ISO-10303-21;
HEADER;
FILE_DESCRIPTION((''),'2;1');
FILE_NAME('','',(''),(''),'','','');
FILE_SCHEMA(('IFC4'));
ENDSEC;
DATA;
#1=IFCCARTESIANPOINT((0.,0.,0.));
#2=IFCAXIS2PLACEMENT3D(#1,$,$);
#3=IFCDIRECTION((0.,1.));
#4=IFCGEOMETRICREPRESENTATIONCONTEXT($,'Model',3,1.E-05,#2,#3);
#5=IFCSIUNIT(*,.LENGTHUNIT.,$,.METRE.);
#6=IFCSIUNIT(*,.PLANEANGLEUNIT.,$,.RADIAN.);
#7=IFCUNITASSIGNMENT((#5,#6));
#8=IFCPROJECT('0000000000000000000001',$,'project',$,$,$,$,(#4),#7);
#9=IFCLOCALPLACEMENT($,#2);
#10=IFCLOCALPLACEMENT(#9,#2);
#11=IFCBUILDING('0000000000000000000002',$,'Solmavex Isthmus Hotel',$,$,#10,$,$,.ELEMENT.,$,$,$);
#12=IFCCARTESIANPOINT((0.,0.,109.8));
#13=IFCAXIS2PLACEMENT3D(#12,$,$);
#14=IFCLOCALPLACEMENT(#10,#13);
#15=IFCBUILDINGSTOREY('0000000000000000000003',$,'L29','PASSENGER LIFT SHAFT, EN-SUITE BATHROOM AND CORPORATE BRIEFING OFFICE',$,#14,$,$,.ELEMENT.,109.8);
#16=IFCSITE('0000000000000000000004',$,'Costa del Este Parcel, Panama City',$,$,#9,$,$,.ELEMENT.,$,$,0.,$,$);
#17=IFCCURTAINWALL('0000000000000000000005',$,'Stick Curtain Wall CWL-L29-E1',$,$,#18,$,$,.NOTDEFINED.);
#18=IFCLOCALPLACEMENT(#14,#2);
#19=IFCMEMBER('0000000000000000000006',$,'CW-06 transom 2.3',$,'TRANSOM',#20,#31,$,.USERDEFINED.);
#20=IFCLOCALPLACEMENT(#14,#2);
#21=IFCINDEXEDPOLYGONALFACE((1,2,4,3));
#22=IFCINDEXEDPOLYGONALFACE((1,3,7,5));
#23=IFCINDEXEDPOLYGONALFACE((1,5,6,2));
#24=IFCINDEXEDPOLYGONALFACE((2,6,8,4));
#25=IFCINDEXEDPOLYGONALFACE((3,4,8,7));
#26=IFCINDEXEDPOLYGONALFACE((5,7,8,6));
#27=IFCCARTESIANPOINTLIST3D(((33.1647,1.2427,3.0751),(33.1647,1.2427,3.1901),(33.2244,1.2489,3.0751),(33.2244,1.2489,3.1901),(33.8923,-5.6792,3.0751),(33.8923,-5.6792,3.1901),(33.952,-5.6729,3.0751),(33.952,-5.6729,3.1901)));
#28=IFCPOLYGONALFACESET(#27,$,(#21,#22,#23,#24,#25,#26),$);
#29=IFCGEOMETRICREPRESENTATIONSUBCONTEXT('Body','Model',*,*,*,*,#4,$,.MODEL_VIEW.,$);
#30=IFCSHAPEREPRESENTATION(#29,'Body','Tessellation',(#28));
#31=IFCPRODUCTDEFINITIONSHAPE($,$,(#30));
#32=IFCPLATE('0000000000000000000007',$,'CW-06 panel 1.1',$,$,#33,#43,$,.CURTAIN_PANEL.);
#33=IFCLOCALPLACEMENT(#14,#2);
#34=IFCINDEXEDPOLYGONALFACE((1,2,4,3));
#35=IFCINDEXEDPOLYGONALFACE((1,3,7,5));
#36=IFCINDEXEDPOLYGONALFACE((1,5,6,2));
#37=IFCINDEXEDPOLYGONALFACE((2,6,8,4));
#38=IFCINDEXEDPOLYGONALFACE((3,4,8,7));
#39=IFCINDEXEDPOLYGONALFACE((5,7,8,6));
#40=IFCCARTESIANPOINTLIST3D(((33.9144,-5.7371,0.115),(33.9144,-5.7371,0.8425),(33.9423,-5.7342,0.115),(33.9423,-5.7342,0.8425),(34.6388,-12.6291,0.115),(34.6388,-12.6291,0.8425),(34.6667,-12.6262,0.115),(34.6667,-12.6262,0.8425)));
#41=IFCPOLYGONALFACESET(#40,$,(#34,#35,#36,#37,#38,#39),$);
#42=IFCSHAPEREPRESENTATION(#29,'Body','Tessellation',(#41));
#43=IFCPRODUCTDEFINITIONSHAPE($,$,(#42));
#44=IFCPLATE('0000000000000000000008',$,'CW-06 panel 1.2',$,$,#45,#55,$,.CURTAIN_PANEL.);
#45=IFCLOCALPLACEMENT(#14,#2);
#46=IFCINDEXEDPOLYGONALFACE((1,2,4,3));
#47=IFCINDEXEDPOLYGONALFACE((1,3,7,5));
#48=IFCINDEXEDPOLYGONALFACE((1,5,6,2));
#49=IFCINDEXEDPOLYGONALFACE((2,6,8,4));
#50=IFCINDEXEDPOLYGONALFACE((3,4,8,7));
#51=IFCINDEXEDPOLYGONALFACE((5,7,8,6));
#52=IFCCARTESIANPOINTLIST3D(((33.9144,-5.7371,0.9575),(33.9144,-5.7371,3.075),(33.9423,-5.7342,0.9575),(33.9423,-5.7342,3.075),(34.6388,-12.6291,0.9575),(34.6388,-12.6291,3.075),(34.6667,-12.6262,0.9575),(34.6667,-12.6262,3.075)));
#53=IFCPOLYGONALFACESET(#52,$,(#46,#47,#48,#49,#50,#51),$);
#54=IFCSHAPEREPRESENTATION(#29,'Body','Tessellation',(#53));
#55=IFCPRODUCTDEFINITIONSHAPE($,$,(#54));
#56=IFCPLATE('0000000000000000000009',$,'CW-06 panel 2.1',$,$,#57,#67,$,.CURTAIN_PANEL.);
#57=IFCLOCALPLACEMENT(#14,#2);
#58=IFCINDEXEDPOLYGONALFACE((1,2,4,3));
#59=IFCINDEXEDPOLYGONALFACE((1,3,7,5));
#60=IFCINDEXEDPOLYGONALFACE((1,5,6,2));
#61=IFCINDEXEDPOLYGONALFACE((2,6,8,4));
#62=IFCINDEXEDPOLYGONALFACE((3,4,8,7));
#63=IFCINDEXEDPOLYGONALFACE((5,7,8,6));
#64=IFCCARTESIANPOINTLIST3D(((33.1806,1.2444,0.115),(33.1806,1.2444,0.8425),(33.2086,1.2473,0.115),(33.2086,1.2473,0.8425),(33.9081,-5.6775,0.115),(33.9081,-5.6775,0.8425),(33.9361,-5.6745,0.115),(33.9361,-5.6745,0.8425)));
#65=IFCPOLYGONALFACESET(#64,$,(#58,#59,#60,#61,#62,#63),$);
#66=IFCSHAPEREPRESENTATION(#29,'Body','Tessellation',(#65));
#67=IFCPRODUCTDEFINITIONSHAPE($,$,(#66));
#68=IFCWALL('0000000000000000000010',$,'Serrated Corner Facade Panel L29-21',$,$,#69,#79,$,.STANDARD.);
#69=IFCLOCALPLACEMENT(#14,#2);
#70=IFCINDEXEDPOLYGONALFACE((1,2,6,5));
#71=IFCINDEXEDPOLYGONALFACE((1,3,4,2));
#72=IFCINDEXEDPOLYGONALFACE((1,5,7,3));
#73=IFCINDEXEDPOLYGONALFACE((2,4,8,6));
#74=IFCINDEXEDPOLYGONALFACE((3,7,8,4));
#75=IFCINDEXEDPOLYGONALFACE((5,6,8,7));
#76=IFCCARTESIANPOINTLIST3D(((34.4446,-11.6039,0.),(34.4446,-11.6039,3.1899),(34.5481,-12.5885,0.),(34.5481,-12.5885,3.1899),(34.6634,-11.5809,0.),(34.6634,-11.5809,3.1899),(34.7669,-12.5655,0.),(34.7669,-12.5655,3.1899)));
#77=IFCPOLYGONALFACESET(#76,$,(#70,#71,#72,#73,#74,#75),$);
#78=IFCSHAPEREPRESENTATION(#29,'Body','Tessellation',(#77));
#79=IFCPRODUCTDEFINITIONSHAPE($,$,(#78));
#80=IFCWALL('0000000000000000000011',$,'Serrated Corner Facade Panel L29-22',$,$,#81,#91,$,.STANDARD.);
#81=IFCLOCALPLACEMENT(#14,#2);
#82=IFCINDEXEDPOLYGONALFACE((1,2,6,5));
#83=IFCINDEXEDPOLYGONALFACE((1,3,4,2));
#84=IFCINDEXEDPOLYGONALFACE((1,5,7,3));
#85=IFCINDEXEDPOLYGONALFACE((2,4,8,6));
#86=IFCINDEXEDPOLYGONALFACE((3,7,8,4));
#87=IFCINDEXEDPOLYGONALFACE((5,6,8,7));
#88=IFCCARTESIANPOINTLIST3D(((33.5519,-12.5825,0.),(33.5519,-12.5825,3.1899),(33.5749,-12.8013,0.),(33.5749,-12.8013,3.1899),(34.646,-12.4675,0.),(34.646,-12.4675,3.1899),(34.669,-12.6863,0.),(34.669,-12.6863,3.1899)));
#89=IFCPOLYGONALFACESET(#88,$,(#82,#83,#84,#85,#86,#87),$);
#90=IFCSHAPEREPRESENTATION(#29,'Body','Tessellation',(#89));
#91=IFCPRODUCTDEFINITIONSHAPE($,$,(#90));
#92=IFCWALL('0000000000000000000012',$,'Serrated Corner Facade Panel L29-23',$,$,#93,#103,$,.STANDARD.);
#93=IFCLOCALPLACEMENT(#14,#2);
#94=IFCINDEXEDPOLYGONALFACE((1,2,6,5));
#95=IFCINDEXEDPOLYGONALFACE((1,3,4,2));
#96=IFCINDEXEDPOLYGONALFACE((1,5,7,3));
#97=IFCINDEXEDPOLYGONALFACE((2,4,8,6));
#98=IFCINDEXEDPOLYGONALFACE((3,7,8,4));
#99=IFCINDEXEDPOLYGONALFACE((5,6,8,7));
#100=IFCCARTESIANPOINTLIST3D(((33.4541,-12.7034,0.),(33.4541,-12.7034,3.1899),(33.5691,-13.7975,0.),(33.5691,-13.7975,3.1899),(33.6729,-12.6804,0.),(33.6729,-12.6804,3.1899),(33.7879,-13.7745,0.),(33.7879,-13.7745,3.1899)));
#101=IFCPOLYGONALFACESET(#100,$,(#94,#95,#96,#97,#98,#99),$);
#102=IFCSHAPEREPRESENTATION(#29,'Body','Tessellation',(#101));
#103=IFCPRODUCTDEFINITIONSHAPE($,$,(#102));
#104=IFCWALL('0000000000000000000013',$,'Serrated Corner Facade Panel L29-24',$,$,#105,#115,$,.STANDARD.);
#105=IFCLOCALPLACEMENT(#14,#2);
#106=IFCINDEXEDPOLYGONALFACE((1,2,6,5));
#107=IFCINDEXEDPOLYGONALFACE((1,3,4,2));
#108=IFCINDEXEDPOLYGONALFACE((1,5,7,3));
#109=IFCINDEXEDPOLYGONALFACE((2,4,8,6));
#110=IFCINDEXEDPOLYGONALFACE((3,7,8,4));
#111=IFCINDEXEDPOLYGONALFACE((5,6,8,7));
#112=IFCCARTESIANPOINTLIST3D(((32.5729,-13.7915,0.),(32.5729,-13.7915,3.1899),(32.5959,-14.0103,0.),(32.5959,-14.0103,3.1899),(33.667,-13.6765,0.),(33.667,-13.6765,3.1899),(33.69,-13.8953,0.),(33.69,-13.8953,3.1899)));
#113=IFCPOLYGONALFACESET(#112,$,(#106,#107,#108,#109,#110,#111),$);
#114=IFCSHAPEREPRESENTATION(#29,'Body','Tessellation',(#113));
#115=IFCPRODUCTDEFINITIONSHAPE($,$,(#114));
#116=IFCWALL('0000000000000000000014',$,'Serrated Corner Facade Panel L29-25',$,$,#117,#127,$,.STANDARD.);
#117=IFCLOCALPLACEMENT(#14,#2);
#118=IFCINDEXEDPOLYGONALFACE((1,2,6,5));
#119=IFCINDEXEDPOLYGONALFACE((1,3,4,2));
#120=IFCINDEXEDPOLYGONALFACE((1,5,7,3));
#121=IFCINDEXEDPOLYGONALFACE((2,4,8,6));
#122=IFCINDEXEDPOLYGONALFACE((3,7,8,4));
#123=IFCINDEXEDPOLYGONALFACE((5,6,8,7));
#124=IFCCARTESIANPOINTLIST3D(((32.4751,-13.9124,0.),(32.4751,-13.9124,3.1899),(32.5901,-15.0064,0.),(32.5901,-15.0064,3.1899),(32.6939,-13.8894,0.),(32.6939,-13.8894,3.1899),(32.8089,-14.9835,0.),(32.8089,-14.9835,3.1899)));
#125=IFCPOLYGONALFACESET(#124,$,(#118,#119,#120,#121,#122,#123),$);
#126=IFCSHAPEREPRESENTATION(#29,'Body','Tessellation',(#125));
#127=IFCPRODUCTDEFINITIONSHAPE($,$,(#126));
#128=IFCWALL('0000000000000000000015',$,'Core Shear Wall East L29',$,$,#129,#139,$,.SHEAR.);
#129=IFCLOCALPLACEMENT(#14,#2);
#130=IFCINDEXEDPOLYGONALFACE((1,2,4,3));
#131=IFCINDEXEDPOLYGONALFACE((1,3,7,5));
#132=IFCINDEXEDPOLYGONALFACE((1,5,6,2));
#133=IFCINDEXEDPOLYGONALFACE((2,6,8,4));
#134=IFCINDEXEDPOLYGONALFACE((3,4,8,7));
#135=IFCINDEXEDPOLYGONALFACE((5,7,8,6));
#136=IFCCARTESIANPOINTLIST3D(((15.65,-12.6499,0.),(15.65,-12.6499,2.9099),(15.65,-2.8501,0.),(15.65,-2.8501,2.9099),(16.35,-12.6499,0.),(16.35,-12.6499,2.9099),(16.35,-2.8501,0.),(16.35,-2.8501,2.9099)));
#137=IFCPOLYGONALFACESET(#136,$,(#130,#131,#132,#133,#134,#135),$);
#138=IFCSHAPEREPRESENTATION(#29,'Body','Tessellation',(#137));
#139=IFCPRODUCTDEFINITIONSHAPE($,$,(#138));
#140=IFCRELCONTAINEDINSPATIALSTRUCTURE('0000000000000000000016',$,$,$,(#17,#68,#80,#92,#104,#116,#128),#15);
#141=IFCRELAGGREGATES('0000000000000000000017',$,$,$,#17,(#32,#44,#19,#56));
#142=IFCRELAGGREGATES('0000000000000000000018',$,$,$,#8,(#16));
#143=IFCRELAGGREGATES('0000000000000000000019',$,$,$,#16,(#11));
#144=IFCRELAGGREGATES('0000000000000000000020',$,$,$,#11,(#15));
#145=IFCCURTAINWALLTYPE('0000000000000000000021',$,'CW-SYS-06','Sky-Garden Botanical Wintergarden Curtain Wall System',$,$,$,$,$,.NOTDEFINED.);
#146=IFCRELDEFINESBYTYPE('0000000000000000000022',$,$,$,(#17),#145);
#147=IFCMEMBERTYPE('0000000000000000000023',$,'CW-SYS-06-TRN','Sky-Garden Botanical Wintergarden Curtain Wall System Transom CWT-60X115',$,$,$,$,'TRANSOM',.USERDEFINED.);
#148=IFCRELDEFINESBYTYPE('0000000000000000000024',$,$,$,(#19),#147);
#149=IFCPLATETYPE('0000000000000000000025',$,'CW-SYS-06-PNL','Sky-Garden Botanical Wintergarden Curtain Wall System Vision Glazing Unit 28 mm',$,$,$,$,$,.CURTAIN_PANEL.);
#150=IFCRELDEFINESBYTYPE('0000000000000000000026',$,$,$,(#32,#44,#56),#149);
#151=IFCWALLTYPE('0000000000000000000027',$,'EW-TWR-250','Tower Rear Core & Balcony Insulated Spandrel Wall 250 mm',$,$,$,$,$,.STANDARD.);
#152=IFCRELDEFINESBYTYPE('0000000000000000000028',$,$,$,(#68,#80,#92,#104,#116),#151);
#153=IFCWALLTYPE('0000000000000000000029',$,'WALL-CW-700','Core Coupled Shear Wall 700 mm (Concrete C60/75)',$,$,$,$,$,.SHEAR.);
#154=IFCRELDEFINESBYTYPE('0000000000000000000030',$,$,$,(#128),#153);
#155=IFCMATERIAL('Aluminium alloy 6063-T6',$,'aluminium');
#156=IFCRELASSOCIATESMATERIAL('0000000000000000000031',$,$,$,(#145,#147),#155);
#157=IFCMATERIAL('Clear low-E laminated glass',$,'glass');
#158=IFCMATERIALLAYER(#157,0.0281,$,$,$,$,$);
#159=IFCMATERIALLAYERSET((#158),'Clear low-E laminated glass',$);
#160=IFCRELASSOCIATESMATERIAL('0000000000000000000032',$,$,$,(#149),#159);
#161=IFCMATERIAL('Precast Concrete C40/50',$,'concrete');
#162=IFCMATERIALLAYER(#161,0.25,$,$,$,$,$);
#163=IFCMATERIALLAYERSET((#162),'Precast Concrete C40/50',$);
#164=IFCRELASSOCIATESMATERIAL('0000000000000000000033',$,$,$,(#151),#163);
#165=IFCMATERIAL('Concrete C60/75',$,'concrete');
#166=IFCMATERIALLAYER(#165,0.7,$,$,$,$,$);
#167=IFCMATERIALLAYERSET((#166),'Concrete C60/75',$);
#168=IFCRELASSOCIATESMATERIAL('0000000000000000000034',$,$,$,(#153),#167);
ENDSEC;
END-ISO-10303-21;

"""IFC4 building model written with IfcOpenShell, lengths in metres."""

from ifc_helpers import new_model, si_unit, direction, frame, frame_2d, origin, origin_2d, place, context, subcontext, project, spatial, rectangle, extrude, material, layer, layer_set, material_profile, profile_set, type_object, element, aggregate, save


model = new_model("IFC4")

# Units and contexts
model_context = context("Model", 3, precision=1e-05, world=origin(), true_north=direction((0.0, 1.0)))
body_context = subcontext(model_context, "Body", "Model", "MODEL_VIEW")
ifc_project = project(units=[si_unit("LENGTHUNIT", "METRE"), si_unit("PLANEANGLEUNIT", "RADIAN")], contexts=[model_context])

# Site, building, storey
site_placement = place(None, origin())
site = spatial("IfcSite", under=ifc_project, at=site_placement, Name="Costa del Este Parcel, Panama City", CompositionType="ELEMENT", RefElevation=0.0)
building_placement = place(site_placement, origin())
building = spatial("IfcBuilding", under=site, at=building_placement, Name="Solmavex Isthmus Hotel", CompositionType="ELEMENT")
storey_placement = place(building_placement, frame((0.0, 0.0, 109.8)))
storey = spatial("IfcBuildingStorey", under=building, at=storey_placement, Name="L29", Description="PASSENGER LIFT SHAFT, EN-SUITE BATHROOM AND CORPORATE BRIEFING OFFICE", CompositionType="ELEMENT", Elevation=109.8)

# Shared definitions
ifc_material_1 = material(Name="Concrete C60/75", Category="concrete")

# Curtain wall, member, plates
ifc_material_2 = material(Name="Aluminium alloy 6063-T6", Category="aluminium")
curtain_wall_type = type_object("IfcCurtainWallType", Name="CW-SYS-06", Description="Sky-Garden Botanical Wintergarden Curtain Wall System", PredefinedType="NOTDEFINED", material=ifc_material_2)
curtain_wall_placement = place(storey_placement, origin())
curtain_wall = element("IfcCurtainWall", 1, at=curtain_wall_placement, inside=storey, type_object=curtain_wall_type, Name="Stick Curtain Wall CWL-L29-E1", PredefinedType="NOTDEFINED")
ifc_material_profile_1 = material_profile(ifc_material_2, rectangle(XDim=0.0601, YDim=0.115, at=origin_2d()), Name="CWT-60X115")
ifc_profile_set_1 = profile_set([ifc_material_profile_1], Name="Aluminium alloy 6063-T6")
member_type_1 = type_object("IfcMemberType", Name="CW-SYS-06-TRN", Description="Sky-Garden Botanical Wintergarden Curtain Wall System Transom CWT-60X115", ElementType="TRANSOM", PredefinedType="USERDEFINED", material=ifc_profile_set_1)
member_1_placement = place(storey_placement, frame((33.9221, -5.676, 3.1326), z_axis=(-0.104531, 0.994522, 0.0), x_axis=(-0.994522, -0.104531, 0.0)))
member_1 = element("IfcMember", 2, at=member_1_placement, type_object=member_type_1, Name="CW-06 transom 2.3", ObjectType="TRANSOM", PredefinedType="USERDEFINED", context=body_context, shape_type="SweptSolid", body=[
    extrude(rectangle(XDim=0.0601, YDim=0.115, at=origin_2d()), origin(), (0.0, 0.0, 1.0), 6.96),
])
ifc_material_3 = material(Name="Clear low-E laminated glass", Category="glass")
ifc_layer_1 = layer(ifc_material_3, 0.0281)
ifc_layer_set_1 = layer_set([ifc_layer_1], Name="Clear low-E laminated glass")
plate_type = type_object("IfcPlateType", Name="CW-SYS-06-PNL", Description="Sky-Garden Botanical Wintergarden Curtain Wall System Vision Glazing Unit 28 mm", PredefinedType="CURTAIN_PANEL", material=ifc_layer_set_1)
plate_1_placement = place(storey_placement, frame((34.2905, -9.1816, 0.115), z_axis=(0.0, 0.0, 1.0), x_axis=(-0.104528, 0.994522, 0.0)))
plate_1 = element("IfcPlate", 3, at=plate_1_placement, type_object=plate_type, Name="CW-06 panel 1.1", PredefinedType="CURTAIN_PANEL", context=body_context, shape_type="SweptSolid", body=[
    extrude(rectangle(XDim=6.9299, YDim=0.0281, at=origin_2d()), origin(), (0.0, 0.0, 1.0), 0.7275),
])
plate_2_placement = place(storey_placement, frame((34.2905, -9.1816, 0.9575), z_axis=(0.0, 0.0, 1.0), x_axis=(-0.104528, 0.994522, 0.0)))
plate_2 = element("IfcPlate", 4, at=plate_2_placement, type_object=plate_type, Name="CW-06 panel 1.2", PredefinedType="CURTAIN_PANEL", context=body_context, shape_type="SweptSolid", body=[
    extrude(rectangle(XDim=6.9299, YDim=0.0281, at=origin_2d()), origin(), (0.0, 0.0, 1.0), 2.1174),
])
plate_3_placement = place(storey_placement, frame((33.5583, -2.2151, 0.115), z_axis=(0.0, 0.0, 1.0), x_axis=(-0.104528, 0.994522, 0.0)))
plate_3 = element("IfcPlate", 5, at=plate_3_placement, type_object=plate_type, Name="CW-06 panel 2.1", PredefinedType="CURTAIN_PANEL", context=body_context, shape_type="SweptSolid", body=[
    extrude(rectangle(XDim=6.96, YDim=0.0281, at=origin_2d()), origin(), (0.0, 0.0, 1.0), 0.7275),
])
aggregate(curtain_wall, [plate_1, plate_2, member_1, plate_3])

# Walls
ifc_material_4 = material(Name="Precast Concrete C40/50", Category="concrete")
ifc_layer_2 = layer(ifc_material_4, 0.25)
ifc_layer_set_2 = layer_set([ifc_layer_2], Name="Precast Concrete C40/50")
wall_type_1 = type_object("IfcWallType", Name="EW-TWR-250", Description="Tower Rear Core & Balcony Insulated Spandrel Wall 250 mm", PredefinedType="STANDARD", material=ifc_layer_set_2)
wall_1_placement = place(storey_placement, frame((34.554, -11.5923, 0.0), z_axis=(0.0, 0.0, 1.0), x_axis=(0.104556, -0.994519, 0.0)))
element("IfcWall", 6, at=wall_1_placement, inside=storey, type_object=wall_type_1, Name="Serrated Corner Facade Panel L29-21", PredefinedType="STANDARD", context=body_context, shape_type="SweptSolid", body=[
    extrude(rectangle(XDim=0.99, YDim=0.22, at=frame_2d((0.4951, 0.0))), origin(), (0.0, 0.0, 1.0), 3.1899),
])
for number, where, z_axis, x_axis, name in (
    (7, (34.6575, -12.5769, 0.0), (0.0, 0.0, 1.0), (-0.994521, -0.104535, 0.0), "Serrated Corner Facade Panel L29-22"),
    (8, (33.5635, -12.6919, 0.0), (0.0, 0.0, 1.0), (0.104535, -0.994521, 0.0), "Serrated Corner Facade Panel L29-23"),
    (9, (33.6785, -13.7859, 0.0), (0.0, 0.0, 1.0), (-0.994521, -0.104535, 0.0), "Serrated Corner Facade Panel L29-24"),
    (10, (32.5845, -13.9009, 0.0), (0.0, 0.0, 1.0), (0.104535, -0.994521, 0.0), "Serrated Corner Facade Panel L29-25"),
):
    element("IfcWall", number, at=place(storey_placement, frame(where, z_axis=z_axis, x_axis=x_axis)), inside=storey, type_object=wall_type_1, Name=name, PredefinedType="STANDARD", context=body_context, shape_type="SweptSolid", body=[
        extrude(rectangle(XDim=1.1001, YDim=0.22, at=frame_2d((0.55, 0.0))), origin(), (0.0, 0.0, 1.0), 3.1899),
    ])
ifc_layer_3 = layer(ifc_material_1, 0.7)
ifc_layer_set_3 = layer_set([ifc_layer_3], Name="Concrete C60/75")
wall_type_2 = type_object("IfcWallType", Name="WALL-CW-700", Description="Core Coupled Shear Wall 700 mm (Concrete C60/75)", PredefinedType="SHEAR", material=ifc_layer_set_3)
wall_2_placement = place(storey_placement, frame((16.0, -12.6499, 0.0), z_axis=(0.0, 0.0, 1.0), x_axis=(0.0, 1.0, 0.0)))
element("IfcWall", 11, at=wall_2_placement, inside=storey, type_object=wall_type_2, Name="Core Shear Wall East L29", PredefinedType="SHEAR", context=body_context, shape_type="SweptSolid", body=[
    extrude(rectangle(XDim=9.7998, YDim=0.7, at=frame_2d((4.8999, 0.0))), origin(), (0.0, 0.0, 1.0), 2.9099),
])

save(model, "model.ifc")
